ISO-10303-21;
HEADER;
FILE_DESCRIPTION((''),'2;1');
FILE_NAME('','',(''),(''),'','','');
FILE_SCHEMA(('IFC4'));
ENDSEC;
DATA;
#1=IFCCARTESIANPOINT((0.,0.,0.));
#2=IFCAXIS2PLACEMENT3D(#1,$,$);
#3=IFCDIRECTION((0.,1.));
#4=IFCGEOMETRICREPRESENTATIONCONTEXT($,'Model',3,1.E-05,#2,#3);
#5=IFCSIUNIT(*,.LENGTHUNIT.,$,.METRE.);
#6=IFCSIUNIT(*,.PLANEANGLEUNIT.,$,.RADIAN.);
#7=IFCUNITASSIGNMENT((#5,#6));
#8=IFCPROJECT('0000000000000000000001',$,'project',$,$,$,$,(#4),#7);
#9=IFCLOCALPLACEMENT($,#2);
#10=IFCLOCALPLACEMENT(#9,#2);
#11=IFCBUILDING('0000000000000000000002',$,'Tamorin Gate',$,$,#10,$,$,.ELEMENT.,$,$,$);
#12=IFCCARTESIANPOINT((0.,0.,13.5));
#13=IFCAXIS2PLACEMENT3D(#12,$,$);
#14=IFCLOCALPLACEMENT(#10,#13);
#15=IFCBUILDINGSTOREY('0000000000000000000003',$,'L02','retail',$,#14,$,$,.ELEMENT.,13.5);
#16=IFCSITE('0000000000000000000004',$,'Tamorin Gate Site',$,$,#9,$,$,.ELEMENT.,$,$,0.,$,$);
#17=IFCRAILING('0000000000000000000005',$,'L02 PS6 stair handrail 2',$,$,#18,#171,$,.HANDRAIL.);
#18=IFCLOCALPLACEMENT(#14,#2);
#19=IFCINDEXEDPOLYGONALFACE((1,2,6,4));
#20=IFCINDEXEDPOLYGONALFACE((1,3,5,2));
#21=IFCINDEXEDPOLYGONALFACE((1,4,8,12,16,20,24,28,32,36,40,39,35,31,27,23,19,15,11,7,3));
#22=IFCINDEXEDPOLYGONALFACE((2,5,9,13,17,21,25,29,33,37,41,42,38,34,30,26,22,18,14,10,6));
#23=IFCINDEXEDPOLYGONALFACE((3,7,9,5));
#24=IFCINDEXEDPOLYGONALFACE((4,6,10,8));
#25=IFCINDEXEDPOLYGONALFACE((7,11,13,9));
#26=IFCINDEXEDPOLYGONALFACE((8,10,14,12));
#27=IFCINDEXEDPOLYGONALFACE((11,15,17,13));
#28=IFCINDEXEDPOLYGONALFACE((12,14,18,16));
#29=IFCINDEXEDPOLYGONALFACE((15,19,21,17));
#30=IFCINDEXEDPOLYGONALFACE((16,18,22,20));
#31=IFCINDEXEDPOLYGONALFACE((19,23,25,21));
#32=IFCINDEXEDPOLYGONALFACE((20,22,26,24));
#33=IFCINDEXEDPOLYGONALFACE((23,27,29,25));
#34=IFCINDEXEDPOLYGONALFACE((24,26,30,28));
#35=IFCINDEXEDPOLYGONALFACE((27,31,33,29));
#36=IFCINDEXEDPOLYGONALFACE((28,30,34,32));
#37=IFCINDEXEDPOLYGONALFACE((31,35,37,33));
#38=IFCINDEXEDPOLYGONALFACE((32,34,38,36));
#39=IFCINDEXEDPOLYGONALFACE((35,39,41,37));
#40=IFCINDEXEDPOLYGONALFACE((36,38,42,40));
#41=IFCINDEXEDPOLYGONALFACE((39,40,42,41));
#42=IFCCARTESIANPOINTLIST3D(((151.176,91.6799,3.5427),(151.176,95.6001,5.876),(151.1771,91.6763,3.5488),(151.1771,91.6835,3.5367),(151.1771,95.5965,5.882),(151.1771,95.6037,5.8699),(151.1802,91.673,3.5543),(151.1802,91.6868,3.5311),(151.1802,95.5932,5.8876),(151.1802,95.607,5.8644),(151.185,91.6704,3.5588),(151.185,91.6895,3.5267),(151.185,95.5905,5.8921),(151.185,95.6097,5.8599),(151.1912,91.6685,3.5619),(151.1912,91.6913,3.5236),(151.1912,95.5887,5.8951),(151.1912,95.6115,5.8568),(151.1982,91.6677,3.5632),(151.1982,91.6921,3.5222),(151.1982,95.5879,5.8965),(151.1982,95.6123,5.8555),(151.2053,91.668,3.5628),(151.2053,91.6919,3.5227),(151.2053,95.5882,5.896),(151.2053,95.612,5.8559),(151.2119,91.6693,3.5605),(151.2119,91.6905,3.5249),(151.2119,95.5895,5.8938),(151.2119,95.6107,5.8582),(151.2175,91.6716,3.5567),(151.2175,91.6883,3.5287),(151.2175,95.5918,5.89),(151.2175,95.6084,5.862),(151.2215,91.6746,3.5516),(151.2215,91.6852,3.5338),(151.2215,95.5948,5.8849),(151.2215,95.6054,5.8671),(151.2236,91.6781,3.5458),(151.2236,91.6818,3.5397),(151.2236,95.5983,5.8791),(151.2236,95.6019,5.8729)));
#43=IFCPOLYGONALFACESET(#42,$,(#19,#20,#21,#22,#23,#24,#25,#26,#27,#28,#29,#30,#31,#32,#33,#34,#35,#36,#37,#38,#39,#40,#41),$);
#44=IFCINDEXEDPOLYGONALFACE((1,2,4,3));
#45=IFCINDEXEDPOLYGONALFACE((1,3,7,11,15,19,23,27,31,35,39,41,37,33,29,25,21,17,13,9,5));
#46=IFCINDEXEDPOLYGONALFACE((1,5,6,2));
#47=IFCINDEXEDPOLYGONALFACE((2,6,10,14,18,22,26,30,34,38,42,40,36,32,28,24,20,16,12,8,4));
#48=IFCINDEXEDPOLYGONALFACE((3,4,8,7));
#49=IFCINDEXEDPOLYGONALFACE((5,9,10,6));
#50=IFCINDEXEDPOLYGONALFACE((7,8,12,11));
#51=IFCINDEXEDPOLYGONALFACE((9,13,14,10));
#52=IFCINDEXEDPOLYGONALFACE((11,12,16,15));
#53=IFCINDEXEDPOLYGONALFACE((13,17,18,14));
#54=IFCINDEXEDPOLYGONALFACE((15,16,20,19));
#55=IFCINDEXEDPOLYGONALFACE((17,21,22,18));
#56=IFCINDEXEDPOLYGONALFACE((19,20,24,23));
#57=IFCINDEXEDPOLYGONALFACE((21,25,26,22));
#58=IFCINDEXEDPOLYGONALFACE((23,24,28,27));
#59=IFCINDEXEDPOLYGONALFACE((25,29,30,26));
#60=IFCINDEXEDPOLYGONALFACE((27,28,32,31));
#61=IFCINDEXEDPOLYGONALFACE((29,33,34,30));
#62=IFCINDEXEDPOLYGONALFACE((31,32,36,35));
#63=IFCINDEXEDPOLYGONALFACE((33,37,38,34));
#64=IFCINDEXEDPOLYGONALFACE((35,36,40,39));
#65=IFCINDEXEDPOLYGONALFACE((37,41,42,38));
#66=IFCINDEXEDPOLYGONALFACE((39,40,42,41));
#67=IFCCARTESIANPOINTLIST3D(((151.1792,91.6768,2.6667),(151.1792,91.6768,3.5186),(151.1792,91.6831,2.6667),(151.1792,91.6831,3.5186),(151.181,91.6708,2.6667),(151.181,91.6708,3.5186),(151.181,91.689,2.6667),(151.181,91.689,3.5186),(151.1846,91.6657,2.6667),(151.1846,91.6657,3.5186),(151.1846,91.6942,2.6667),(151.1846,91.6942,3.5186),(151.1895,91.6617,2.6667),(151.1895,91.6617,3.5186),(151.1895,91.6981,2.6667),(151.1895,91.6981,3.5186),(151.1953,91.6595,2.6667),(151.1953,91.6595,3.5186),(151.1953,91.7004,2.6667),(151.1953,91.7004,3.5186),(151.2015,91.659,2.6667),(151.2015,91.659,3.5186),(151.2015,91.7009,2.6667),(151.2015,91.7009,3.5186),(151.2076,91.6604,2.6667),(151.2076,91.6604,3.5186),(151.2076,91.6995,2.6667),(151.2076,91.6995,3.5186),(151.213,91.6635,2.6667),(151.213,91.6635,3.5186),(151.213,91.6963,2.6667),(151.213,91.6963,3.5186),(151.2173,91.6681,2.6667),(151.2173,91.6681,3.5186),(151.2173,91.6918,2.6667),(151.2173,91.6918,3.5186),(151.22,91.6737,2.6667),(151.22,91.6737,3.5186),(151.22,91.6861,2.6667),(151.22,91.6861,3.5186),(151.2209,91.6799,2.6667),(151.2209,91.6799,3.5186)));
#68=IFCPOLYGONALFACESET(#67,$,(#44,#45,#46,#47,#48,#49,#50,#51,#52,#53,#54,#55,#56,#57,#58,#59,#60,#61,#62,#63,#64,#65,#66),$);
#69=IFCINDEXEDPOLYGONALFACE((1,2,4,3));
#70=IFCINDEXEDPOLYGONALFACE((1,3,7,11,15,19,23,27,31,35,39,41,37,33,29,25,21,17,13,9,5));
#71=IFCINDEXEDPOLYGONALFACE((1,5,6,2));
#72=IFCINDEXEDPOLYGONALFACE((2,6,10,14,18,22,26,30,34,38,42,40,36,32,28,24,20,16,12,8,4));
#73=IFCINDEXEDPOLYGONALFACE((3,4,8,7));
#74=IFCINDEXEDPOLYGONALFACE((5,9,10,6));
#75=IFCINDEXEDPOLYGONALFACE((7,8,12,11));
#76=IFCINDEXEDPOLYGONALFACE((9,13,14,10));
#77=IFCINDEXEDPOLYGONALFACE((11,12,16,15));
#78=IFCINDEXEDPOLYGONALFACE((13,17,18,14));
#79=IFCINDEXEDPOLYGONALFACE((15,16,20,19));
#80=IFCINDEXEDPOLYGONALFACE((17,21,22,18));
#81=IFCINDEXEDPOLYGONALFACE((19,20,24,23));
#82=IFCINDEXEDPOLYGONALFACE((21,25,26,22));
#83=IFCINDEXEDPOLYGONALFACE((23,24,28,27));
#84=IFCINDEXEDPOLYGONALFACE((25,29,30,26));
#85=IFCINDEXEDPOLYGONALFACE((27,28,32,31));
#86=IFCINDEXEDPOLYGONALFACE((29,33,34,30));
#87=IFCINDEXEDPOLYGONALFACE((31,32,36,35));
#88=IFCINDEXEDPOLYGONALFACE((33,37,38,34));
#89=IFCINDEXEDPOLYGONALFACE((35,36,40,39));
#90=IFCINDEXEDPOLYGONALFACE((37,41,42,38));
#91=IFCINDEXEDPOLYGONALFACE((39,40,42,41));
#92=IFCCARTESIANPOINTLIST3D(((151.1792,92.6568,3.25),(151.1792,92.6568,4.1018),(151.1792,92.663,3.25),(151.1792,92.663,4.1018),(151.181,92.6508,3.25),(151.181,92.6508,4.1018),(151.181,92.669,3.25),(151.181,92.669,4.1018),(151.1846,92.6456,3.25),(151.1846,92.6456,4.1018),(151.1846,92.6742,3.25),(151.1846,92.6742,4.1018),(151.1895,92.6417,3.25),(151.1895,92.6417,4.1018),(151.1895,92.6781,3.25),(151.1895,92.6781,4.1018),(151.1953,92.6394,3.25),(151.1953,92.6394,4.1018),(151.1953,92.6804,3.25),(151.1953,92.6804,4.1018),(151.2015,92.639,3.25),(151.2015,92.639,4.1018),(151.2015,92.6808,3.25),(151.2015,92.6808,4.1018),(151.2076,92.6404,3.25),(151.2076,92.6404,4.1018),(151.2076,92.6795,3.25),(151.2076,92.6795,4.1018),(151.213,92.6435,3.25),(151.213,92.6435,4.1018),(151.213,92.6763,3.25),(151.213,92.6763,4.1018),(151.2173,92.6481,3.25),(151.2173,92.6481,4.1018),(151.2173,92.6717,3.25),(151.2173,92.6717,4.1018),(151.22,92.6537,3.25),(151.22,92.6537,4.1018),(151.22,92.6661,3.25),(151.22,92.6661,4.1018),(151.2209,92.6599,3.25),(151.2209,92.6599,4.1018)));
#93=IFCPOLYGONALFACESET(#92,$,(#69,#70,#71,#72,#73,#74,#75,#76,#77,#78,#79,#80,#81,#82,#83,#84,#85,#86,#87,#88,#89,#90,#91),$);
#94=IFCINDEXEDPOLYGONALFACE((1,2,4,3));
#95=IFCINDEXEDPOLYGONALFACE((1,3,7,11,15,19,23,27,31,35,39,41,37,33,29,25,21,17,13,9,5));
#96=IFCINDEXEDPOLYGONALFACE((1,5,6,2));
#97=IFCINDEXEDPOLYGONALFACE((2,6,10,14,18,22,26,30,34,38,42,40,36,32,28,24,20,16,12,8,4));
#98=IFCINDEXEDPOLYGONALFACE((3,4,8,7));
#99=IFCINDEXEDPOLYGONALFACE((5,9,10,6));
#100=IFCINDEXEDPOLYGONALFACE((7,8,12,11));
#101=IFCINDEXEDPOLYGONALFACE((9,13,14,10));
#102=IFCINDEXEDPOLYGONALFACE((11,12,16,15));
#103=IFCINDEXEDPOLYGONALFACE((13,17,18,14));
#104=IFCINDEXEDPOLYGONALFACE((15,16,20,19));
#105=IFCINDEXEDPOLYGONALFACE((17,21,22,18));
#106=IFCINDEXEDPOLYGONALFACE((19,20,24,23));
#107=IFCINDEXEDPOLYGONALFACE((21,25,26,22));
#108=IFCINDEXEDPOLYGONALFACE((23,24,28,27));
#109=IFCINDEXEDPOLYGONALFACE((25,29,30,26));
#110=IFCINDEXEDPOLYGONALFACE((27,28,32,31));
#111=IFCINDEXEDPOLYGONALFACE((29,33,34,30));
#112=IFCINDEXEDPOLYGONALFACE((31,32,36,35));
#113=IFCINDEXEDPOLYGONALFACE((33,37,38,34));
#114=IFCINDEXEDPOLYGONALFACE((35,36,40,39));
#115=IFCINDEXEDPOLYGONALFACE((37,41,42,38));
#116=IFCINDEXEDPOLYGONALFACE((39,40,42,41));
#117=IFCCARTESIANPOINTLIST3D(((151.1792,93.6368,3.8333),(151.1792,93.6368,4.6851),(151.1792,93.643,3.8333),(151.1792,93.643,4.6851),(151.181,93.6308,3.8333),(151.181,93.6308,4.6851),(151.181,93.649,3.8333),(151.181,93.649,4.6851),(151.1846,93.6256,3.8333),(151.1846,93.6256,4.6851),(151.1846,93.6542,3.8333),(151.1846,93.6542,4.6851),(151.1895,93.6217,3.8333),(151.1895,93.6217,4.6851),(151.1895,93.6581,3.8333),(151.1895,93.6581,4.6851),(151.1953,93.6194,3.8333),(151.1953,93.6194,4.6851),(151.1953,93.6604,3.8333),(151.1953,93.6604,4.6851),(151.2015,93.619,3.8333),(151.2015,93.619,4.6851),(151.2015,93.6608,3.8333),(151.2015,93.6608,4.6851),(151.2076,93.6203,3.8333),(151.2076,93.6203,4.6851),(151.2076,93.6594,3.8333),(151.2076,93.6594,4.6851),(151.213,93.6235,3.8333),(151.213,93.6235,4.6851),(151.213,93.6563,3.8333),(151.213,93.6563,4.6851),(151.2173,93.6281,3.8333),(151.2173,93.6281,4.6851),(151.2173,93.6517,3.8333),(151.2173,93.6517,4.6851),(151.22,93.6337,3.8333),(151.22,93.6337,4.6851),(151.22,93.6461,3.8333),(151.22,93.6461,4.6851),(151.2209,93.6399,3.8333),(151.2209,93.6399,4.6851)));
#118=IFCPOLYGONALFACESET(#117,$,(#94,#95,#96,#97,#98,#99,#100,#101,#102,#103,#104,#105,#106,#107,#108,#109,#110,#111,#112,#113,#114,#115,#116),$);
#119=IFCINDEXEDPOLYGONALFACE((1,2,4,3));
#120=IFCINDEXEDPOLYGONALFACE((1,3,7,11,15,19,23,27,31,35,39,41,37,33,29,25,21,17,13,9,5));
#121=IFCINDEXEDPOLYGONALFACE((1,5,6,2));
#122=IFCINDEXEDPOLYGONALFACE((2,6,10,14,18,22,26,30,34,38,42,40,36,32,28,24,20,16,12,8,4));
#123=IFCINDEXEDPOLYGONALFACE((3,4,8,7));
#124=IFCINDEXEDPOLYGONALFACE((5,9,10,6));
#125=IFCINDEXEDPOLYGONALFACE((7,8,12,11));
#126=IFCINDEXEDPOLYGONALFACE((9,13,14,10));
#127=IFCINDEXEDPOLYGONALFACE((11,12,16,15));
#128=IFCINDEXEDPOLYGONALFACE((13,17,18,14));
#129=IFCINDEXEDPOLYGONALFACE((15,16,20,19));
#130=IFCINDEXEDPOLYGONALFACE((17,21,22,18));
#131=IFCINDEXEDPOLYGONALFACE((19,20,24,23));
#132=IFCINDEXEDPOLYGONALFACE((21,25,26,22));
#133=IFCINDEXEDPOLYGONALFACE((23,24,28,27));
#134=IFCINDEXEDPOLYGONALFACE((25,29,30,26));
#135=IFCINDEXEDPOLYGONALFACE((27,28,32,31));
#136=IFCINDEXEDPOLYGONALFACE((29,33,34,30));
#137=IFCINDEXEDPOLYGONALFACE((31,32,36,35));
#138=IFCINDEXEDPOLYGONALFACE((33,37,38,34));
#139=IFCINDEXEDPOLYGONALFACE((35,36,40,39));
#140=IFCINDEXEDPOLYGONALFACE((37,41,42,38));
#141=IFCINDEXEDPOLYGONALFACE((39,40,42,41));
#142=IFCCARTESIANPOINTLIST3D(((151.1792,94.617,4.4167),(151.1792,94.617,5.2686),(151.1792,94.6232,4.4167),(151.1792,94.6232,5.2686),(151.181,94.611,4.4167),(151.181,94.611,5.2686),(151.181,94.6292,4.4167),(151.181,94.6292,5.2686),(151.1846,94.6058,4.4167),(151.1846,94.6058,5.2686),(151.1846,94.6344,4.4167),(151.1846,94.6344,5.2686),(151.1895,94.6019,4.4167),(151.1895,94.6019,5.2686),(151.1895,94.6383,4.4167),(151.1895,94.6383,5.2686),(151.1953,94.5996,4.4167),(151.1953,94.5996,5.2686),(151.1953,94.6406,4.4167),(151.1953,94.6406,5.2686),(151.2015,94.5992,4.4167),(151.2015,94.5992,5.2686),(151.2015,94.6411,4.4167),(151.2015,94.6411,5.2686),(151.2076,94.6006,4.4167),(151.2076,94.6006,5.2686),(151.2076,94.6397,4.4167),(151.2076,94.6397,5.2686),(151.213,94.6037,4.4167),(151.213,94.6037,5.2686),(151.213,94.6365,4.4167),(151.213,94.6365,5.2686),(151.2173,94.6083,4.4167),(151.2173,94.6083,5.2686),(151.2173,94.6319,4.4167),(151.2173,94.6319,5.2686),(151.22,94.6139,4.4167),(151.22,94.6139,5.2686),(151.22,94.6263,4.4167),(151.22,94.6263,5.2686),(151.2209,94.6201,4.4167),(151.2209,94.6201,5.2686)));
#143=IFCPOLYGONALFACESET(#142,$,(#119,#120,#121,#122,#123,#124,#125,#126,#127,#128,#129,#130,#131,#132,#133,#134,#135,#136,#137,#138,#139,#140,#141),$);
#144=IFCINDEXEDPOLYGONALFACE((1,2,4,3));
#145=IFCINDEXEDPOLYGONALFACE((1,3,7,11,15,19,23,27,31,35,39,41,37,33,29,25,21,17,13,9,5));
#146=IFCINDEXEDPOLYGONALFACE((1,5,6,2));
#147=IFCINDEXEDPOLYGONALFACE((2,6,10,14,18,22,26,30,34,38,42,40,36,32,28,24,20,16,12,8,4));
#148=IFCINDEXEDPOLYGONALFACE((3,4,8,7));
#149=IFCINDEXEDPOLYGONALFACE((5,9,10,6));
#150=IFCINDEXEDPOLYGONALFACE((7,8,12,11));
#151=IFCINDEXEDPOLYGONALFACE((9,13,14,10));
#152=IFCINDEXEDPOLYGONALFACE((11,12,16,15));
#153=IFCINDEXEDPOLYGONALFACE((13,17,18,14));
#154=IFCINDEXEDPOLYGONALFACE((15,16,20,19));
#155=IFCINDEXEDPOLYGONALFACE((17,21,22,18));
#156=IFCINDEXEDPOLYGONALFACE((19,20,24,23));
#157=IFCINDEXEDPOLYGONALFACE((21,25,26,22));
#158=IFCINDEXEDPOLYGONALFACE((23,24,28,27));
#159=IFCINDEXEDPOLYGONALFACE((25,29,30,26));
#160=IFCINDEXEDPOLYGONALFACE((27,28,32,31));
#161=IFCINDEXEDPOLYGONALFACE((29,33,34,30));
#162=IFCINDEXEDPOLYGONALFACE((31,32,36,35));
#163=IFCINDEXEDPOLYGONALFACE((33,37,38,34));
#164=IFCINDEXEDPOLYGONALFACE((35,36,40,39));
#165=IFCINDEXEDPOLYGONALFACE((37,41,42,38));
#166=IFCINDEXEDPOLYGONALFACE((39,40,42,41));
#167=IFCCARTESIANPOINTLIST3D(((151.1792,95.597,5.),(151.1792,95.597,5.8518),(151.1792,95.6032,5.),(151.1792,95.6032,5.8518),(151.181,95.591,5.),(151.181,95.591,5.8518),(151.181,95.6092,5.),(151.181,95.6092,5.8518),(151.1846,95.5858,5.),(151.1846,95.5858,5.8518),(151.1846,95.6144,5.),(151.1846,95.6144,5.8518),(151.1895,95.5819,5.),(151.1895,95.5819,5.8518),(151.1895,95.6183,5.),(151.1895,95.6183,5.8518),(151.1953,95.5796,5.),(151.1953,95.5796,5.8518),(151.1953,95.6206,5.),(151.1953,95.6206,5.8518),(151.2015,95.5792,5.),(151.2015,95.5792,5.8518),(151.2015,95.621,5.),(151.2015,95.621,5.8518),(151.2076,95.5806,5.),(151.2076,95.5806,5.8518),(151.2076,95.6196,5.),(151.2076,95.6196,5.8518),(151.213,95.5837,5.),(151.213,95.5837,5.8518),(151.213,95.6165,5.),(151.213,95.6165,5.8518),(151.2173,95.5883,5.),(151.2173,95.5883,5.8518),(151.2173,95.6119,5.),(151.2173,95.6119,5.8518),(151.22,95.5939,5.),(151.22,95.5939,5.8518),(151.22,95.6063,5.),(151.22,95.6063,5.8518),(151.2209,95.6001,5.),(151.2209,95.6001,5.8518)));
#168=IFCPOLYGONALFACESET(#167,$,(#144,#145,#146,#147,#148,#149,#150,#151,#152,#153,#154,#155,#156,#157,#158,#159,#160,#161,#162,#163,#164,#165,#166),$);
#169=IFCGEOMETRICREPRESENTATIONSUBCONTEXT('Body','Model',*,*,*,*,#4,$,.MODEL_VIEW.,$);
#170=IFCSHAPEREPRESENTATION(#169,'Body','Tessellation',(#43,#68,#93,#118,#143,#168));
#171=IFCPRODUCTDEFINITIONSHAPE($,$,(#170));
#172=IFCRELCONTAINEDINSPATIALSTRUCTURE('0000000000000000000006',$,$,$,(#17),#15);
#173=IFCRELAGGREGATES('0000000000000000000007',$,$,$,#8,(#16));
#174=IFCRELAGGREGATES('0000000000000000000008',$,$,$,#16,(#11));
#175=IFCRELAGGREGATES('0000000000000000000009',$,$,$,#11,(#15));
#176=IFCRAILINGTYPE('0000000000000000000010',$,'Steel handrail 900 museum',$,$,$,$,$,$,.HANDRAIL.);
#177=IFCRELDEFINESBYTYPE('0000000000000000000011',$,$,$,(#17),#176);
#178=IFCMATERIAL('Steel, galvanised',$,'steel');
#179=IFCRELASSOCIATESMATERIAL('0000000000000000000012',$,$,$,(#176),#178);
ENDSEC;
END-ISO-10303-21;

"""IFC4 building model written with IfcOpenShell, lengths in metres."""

from ifc_helpers import new_model, si_unit, direction, frame, origin, origin_2d, place, context, subcontext, project, spatial, circle, extrude, material, type_object, element, save


model = new_model("IFC4")

# Units and contexts
model_context = context("Model", 3, precision=1e-05, world=origin(), true_north=direction((0.0, 1.0)))
body_context = subcontext(model_context, "Body", "Model", "MODEL_VIEW")
ifc_project = project(units=[si_unit("LENGTHUNIT", "METRE"), si_unit("PLANEANGLEUNIT", "RADIAN")], contexts=[model_context])

# Site, building, storey
site_placement = place(None, origin())
site = spatial("IfcSite", under=ifc_project, at=site_placement, Name="Tamorin Gate Site", CompositionType="ELEMENT", RefElevation=0.0)
building_placement = place(site_placement, origin())
building = spatial("IfcBuilding", under=site, at=building_placement, Name="Tamorin Gate", CompositionType="ELEMENT")
storey_placement = place(building_placement, frame((0.0, 0.0, 13.5)))
storey = spatial("IfcBuildingStorey", under=building, at=storey_placement, Name="L02", Description="retail", CompositionType="ELEMENT", Elevation=13.5)

# Railing
ifc_material_1 = material(Name="Steel, galvanised", Category="steel")
railing_type_1 = type_object("IfcRailingType", Name="Steel handrail 900 museum", PredefinedType="HANDRAIL", material=ifc_material_1)
railing_1_placement = place(storey_placement, frame((151.2, 91.6799, 2.6667)))
element("IfcRailing", 1, at=railing_1_placement, inside=storey, type_object=railing_type_1, Name="L02 PS6 stair handrail 2", PredefinedType="HANDRAIL", context=body_context, shape_type="SweptSolid", body=[
    extrude(circle(Radius=0.0239, at=origin_2d()), frame((0.0, 0.0, 0.876), z_axis=(0.0, 0.85931, 0.511455), x_axis=(-1.0, 0.0, 0.0)), (0.0, 0.0, 1.0), 4.562),
    extrude(circle(Radius=0.021, at=origin_2d()), origin(), (0.0, 0.0, 1.0), 0.8518),
    extrude(circle(Radius=0.021, at=origin_2d()), frame((0.0, 0.98, 0.5833)), (0.0, 0.0, 1.0), 0.8518),
    extrude(circle(Radius=0.021, at=origin_2d()), frame((0.0, 1.96, 1.1665)), (0.0, 0.0, 1.0), 0.8518),
    extrude(circle(Radius=0.021, at=origin_2d()), frame((0.0, 2.9402, 1.75)), (0.0, 0.0, 1.0), 0.8518),
    extrude(circle(Radius=0.021, at=origin_2d()), frame((0.0, 3.9202, 2.3333)), (0.0, 0.0, 1.0), 0.8518),
])

save(model, "model.ifc")
